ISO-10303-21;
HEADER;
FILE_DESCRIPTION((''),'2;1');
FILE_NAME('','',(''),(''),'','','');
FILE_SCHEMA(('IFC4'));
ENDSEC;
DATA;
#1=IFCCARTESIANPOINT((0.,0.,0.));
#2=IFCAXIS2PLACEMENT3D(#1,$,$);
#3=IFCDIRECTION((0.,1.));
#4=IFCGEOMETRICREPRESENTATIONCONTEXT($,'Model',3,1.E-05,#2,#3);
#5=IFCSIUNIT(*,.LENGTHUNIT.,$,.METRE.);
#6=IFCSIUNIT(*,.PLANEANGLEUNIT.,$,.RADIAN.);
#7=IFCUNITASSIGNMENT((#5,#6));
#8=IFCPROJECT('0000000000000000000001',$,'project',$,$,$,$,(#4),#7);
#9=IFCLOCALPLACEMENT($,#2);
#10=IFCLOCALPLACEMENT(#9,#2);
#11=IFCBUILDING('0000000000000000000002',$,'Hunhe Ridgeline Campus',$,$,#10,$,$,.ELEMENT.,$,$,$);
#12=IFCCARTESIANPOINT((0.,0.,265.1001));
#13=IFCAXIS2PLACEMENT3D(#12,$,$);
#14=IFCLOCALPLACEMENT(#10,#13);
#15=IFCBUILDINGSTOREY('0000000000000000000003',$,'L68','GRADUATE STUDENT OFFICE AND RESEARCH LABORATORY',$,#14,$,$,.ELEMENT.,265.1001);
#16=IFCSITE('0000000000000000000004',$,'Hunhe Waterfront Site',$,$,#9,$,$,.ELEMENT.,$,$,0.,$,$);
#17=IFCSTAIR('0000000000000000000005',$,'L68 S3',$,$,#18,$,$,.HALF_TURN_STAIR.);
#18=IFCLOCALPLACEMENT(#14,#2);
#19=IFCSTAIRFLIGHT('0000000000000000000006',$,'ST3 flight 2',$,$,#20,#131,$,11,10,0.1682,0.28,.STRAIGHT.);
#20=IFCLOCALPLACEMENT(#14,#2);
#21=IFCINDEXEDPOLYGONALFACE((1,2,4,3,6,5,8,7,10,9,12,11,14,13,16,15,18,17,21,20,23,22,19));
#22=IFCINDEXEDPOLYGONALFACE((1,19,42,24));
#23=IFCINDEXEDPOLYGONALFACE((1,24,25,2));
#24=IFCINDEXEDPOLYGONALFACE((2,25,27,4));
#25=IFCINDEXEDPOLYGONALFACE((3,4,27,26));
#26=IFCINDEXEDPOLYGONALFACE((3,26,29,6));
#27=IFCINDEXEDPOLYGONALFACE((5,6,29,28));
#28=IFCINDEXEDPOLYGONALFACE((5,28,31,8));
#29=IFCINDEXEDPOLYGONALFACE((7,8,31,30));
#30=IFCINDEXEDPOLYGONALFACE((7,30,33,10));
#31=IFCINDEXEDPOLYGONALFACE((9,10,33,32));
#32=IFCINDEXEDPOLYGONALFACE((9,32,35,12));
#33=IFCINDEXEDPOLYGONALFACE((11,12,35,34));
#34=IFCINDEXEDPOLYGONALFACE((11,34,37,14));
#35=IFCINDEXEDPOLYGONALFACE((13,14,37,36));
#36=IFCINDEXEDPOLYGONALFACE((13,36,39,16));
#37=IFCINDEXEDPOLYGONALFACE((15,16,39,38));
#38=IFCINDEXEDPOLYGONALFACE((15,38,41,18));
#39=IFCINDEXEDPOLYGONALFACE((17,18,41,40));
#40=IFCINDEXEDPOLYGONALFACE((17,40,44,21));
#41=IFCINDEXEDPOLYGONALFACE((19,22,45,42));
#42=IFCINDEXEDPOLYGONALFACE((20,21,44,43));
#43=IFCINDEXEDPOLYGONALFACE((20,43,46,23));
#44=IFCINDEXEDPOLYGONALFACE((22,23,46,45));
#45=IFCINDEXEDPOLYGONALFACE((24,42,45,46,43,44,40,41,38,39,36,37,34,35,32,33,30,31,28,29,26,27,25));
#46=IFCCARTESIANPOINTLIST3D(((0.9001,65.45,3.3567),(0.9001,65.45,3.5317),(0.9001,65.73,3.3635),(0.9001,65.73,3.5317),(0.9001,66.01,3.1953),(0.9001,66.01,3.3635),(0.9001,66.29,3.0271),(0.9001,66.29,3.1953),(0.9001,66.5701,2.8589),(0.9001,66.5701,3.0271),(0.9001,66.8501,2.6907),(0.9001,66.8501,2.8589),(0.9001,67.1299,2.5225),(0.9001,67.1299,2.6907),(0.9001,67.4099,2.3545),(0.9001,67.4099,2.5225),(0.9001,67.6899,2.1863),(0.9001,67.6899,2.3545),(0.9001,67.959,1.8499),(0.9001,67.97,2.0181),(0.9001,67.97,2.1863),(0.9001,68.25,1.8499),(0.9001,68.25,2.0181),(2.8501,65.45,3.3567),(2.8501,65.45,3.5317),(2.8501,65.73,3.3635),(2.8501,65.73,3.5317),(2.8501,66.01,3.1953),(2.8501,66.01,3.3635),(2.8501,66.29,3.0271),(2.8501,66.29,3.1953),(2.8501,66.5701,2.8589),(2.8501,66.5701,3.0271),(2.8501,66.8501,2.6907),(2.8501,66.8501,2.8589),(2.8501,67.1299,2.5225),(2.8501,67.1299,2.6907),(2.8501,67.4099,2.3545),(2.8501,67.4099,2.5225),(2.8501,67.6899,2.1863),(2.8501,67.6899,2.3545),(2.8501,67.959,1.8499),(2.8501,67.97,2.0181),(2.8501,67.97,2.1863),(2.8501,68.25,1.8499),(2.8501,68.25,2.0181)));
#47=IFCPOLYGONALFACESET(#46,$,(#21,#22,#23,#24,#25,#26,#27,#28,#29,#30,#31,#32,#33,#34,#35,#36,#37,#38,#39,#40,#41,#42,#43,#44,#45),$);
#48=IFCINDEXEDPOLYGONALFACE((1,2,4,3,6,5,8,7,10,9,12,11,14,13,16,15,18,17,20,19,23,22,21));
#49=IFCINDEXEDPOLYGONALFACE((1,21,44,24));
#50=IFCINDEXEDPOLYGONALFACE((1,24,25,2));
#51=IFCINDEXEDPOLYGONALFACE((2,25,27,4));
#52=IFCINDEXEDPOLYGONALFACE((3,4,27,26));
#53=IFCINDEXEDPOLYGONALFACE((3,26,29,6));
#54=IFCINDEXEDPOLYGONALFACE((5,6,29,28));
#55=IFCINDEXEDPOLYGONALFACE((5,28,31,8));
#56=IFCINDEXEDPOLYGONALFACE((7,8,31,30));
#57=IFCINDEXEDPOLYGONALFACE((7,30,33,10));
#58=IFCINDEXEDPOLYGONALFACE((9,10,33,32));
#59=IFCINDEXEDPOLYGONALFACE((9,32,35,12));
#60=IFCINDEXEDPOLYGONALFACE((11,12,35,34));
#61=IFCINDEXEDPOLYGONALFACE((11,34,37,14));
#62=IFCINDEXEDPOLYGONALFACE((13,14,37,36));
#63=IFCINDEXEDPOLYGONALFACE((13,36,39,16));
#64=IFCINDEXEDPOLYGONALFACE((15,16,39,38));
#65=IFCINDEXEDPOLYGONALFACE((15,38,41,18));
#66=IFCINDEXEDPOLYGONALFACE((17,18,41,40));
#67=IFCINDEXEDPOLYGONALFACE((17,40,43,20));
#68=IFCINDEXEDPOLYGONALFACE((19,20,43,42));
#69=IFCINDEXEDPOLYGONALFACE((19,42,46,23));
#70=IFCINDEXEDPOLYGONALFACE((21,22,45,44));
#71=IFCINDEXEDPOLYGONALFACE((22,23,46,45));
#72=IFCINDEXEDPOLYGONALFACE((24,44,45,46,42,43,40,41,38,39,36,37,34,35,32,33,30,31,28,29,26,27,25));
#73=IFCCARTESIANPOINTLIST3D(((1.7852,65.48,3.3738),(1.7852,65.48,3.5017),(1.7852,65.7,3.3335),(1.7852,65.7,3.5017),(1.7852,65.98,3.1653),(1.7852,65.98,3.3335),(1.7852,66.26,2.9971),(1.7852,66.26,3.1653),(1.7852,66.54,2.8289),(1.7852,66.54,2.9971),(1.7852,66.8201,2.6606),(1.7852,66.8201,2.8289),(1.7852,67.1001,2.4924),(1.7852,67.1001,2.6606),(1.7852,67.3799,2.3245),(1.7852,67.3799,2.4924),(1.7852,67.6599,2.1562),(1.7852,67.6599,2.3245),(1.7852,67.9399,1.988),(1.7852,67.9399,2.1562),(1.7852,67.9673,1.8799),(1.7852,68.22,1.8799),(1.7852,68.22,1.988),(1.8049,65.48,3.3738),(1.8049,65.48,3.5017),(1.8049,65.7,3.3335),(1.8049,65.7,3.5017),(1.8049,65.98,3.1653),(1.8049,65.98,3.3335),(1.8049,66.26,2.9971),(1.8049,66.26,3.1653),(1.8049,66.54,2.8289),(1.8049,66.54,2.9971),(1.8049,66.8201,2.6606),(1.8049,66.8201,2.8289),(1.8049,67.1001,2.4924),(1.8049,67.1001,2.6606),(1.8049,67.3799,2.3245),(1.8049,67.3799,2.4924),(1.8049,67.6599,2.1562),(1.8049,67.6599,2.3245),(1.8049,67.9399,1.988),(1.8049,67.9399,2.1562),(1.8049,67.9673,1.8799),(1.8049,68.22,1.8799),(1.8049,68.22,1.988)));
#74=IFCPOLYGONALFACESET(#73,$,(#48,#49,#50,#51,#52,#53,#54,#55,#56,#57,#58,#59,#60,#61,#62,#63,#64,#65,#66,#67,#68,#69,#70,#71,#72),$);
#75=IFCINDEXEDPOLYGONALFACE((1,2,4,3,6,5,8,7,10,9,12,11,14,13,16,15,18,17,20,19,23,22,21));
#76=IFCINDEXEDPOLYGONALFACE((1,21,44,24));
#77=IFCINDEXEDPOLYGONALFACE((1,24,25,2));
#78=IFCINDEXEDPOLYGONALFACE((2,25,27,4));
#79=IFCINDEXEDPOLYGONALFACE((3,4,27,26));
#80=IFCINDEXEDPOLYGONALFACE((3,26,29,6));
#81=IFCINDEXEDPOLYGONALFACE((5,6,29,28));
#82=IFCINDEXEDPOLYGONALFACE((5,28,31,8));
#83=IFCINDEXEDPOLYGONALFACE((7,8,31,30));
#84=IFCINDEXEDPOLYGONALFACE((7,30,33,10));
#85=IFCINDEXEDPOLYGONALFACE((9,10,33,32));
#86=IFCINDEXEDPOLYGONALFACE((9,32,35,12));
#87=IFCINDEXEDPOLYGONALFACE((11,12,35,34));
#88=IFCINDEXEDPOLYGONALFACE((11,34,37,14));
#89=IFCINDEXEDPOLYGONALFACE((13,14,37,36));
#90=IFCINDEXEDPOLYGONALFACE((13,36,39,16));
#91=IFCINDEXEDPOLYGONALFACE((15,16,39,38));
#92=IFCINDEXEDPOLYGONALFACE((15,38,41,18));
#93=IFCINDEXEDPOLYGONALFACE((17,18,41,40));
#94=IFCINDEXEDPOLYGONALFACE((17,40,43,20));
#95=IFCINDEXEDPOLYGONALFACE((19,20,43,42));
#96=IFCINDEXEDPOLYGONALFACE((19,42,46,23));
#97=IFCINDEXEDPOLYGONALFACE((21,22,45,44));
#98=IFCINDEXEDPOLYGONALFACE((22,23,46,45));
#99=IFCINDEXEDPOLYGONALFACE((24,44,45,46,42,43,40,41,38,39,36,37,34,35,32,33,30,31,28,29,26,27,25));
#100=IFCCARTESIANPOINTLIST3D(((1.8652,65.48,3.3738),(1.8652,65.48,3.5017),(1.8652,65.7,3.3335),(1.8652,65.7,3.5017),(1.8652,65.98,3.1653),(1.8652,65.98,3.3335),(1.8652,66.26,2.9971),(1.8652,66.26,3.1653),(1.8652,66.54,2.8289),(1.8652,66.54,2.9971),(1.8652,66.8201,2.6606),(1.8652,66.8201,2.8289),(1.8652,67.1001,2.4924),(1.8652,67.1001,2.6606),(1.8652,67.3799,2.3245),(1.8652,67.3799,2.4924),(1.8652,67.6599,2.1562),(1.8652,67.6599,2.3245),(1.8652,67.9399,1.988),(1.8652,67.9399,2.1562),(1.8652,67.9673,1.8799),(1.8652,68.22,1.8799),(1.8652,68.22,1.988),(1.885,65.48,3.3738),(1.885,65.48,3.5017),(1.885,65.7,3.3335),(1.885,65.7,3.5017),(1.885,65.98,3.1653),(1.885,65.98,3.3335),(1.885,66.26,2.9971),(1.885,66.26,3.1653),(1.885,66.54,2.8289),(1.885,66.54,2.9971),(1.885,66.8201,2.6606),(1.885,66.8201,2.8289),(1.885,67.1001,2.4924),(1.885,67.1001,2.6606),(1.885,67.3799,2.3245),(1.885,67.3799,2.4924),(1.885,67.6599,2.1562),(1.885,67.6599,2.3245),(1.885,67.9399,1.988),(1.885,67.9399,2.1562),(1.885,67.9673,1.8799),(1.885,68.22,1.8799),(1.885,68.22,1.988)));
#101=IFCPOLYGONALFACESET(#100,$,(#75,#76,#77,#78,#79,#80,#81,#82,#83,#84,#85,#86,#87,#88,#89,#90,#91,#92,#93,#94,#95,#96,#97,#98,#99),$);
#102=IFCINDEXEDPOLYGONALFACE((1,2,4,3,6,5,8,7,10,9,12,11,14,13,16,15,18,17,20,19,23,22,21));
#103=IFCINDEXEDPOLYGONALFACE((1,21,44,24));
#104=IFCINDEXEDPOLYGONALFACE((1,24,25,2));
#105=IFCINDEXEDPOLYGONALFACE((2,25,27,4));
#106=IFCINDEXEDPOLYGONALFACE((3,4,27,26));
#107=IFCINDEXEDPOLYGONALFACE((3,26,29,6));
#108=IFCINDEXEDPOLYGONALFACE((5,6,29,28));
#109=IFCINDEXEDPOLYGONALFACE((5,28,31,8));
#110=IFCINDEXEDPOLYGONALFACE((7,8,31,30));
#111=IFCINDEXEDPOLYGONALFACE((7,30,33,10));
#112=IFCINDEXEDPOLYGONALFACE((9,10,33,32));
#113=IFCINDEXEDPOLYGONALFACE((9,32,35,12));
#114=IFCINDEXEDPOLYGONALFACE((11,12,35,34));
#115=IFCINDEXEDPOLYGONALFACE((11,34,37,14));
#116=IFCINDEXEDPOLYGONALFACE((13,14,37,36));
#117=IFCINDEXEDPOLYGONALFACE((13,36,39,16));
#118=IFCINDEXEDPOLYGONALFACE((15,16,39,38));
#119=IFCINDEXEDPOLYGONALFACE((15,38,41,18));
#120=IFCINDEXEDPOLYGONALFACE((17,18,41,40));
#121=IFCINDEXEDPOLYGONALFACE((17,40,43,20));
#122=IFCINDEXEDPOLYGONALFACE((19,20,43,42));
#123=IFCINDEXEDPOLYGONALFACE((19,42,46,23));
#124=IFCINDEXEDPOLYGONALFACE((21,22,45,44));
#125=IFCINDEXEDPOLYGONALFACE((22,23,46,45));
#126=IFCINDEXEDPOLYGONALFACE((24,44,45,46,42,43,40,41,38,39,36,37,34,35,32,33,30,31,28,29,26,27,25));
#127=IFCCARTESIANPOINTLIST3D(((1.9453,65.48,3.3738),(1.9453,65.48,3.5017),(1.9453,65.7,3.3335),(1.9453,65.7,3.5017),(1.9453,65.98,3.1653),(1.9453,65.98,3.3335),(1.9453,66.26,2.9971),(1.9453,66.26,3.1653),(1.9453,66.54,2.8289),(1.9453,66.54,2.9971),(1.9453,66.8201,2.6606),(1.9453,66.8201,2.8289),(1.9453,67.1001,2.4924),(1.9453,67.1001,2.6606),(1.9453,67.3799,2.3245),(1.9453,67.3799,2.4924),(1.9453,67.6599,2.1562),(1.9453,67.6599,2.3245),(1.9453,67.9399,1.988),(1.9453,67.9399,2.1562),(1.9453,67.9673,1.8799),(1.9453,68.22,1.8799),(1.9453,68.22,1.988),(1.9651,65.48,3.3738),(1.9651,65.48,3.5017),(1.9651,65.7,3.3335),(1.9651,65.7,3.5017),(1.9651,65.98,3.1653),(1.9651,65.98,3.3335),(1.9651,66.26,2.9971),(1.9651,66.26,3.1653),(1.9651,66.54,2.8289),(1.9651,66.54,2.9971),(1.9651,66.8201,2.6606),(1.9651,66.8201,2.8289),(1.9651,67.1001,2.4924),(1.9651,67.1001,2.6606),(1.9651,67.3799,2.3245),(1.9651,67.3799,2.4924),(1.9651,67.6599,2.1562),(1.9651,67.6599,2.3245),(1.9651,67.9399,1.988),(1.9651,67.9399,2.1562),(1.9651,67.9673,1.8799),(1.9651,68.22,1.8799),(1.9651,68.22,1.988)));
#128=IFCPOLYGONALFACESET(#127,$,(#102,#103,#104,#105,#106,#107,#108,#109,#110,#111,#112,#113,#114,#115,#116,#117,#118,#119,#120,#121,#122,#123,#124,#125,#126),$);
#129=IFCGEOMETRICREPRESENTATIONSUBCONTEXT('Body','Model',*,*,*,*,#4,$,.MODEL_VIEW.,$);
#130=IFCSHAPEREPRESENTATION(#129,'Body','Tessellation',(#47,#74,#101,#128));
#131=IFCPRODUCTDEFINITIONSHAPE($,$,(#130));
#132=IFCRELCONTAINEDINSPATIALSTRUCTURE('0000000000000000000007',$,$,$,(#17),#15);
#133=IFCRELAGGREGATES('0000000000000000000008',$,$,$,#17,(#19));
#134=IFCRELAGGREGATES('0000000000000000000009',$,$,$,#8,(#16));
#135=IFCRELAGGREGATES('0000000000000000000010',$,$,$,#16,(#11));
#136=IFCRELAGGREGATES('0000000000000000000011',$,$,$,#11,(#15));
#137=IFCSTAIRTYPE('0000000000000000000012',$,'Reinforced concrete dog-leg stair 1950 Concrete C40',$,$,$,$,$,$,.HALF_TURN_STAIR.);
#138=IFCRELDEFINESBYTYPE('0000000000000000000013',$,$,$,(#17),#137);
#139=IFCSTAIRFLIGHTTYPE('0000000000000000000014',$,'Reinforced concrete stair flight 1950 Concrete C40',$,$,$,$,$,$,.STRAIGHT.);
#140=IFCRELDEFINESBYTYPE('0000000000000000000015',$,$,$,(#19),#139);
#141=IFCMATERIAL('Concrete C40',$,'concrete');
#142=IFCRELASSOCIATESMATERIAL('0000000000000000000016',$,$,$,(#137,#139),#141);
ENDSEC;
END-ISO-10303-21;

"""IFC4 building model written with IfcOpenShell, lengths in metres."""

from ifc_helpers import new_model, si_unit, direction, frame, origin, place, context, subcontext, project, spatial, polyline, outline, extrude, material, type_object, element, aggregate, save


model = new_model("IFC4")

# Units and contexts
model_context = context("Model", 3, precision=1e-05, world=origin(), true_north=direction((0.0, 1.0)))
body_context = subcontext(model_context, "Body", "Model", "MODEL_VIEW")
ifc_project = project(units=[si_unit("LENGTHUNIT", "METRE"), si_unit("PLANEANGLEUNIT", "RADIAN")], contexts=[model_context])

# Site, building, storey
site_placement = place(None, origin())
site = spatial("IfcSite", under=ifc_project, at=site_placement, Name="Hunhe Waterfront Site", CompositionType="ELEMENT", RefElevation=0.0)
building_placement = place(site_placement, origin())
building = spatial("IfcBuilding", under=site, at=building_placement, Name="Hunhe Ridgeline Campus", CompositionType="ELEMENT")
storey_placement = place(building_placement, frame((0.0, 0.0, 265.1001)))
storey = spatial("IfcBuildingStorey", under=building, at=storey_placement, Name="L68", Description="GRADUATE STUDENT OFFICE AND RESEARCH LABORATORY", CompositionType="ELEMENT", Elevation=265.1001)

# Stair, stair flight
ifc_material_1 = material(Name="Concrete C40", Category="concrete")
stair_type = type_object("IfcStairType", Name="Reinforced concrete dog-leg stair 1950 Concrete C40", PredefinedType="HALF_TURN_STAIR", material=ifc_material_1)
stair_1_placement = place(storey_placement, origin())
stair_1 = element("IfcStair", 1, at=stair_1_placement, inside=storey, type_object=stair_type, Name="L68 S3", PredefinedType="HALF_TURN_STAIR")
stair_flight_type = type_object("IfcStairFlightType", Name="Reinforced concrete stair flight 1950 Concrete C40", PredefinedType="STRAIGHT", material=ifc_material_1)
stair_flight_1_placement = place(storey_placement, frame((1.875, 68.25, 1.8499), z_axis=(0.0, 0.0, 1.0), x_axis=(0.0, -1.0, 0.0)))
stair_flight_1 = element("IfcStairFlight", 2, at=stair_flight_1_placement, type_object=stair_flight_type, Name="ST3 flight 2", NumberOfRisers=11, NumberOfTreads=10, PredefinedType="STRAIGHT", RiserHeight=0.1682, TreadLength=0.28, context=body_context, shape_type="SweptSolid", body=[
    extrude(outline(polyline([(0.0, 0.0), (0.0, 0.1682), (0.28, 0.1682), (0.28, 0.3364), (0.5601, 0.3364), (0.5601, 0.5046), (0.8401, 0.5046), (0.8401, 0.6726), (1.1201, 0.6726), (1.1201, 0.8408), (1.3999, 0.8408), (1.3999, 1.009), (1.6799, 1.009), (1.6799, 1.1772), (1.96, 1.1772), (1.96, 1.3455), (2.24, 1.3455), (2.24, 1.5137), (2.52, 1.5137), (2.52, 1.6819), (2.8, 1.6819), (2.8, 1.8501), (2.8, 1.5068), (0.291, 0.0), (0.0, 0.0)])), frame((0.0, 0.9751, 0.0), z_axis=(0.0, -1.0, 0.0), x_axis=(1.0, 0.0, 0.0)), (0.0, 0.0, 1.0), 1.95),
    extrude(outline(polyline([(0.03, 0.03), (0.03, 0.1382), (0.3101, 0.1382), (0.3101, 0.3064), (0.5901, 0.3064), (0.5901, 0.4746), (0.8701, 0.4746), (0.8701, 0.6426), (1.1499, 0.6426), (1.1499, 0.8108), (1.4299, 0.8108), (1.4299, 0.979), (1.71, 0.979), (1.71, 1.1472), (1.99, 1.1472), (1.99, 1.3154), (2.27, 1.3154), (2.27, 1.4836), (2.55, 1.4836), (2.55, 1.6519), (2.77, 1.6519), (2.77, 1.5239), (0.2827, 0.03), (0.03, 0.03)])), frame((0.0, -0.0701, 0.0), z_axis=(0.0, -1.0, 0.0), x_axis=(1.0, 0.0, 0.0)), (0.0, 0.0, 1.0), 0.0198),
    extrude(outline(polyline([(0.03, 0.03), (0.03, 0.1382), (0.3101, 0.1382), (0.3101, 0.3064), (0.5901, 0.3064), (0.5901, 0.4746), (0.8701, 0.4746), (0.8701, 0.6426), (1.1499, 0.6426), (1.1499, 0.8108), (1.4299, 0.8108), (1.4299, 0.979), (1.71, 0.979), (1.71, 1.1472), (1.99, 1.1472), (1.99, 1.3154), (2.27, 1.3154), (2.27, 1.4836), (2.55, 1.4836), (2.55, 1.6519), (2.77, 1.6519), (2.77, 1.5239), (0.2827, 0.03), (0.03, 0.03)])), frame((0.0, 0.01, 0.0), z_axis=(0.0, -1.0, 0.0), x_axis=(1.0, 0.0, 0.0)), (0.0, 0.0, 1.0), 0.0198),
    extrude(outline(polyline([(0.03, 0.03), (0.03, 0.1382), (0.3101, 0.1382), (0.3101, 0.3064), (0.5901, 0.3064), (0.5901, 0.4746), (0.8701, 0.4746), (0.8701, 0.6426), (1.1499, 0.6426), (1.1499, 0.8108), (1.4299, 0.8108), (1.4299, 0.979), (1.71, 0.979), (1.71, 1.1472), (1.99, 1.1472), (1.99, 1.3154), (2.27, 1.3154), (2.27, 1.4836), (2.55, 1.4836), (2.55, 1.6519), (2.77, 1.6519), (2.77, 1.5239), (0.2827, 0.03), (0.03, 0.03)])), frame((0.0, 0.0901, 0.0), z_axis=(0.0, -1.0, 0.0), x_axis=(1.0, 0.0, 0.0)), (0.0, 0.0, 1.0), 0.0198),
])
aggregate(stair_1, [stair_flight_1])

save(model, "model.ifc")
